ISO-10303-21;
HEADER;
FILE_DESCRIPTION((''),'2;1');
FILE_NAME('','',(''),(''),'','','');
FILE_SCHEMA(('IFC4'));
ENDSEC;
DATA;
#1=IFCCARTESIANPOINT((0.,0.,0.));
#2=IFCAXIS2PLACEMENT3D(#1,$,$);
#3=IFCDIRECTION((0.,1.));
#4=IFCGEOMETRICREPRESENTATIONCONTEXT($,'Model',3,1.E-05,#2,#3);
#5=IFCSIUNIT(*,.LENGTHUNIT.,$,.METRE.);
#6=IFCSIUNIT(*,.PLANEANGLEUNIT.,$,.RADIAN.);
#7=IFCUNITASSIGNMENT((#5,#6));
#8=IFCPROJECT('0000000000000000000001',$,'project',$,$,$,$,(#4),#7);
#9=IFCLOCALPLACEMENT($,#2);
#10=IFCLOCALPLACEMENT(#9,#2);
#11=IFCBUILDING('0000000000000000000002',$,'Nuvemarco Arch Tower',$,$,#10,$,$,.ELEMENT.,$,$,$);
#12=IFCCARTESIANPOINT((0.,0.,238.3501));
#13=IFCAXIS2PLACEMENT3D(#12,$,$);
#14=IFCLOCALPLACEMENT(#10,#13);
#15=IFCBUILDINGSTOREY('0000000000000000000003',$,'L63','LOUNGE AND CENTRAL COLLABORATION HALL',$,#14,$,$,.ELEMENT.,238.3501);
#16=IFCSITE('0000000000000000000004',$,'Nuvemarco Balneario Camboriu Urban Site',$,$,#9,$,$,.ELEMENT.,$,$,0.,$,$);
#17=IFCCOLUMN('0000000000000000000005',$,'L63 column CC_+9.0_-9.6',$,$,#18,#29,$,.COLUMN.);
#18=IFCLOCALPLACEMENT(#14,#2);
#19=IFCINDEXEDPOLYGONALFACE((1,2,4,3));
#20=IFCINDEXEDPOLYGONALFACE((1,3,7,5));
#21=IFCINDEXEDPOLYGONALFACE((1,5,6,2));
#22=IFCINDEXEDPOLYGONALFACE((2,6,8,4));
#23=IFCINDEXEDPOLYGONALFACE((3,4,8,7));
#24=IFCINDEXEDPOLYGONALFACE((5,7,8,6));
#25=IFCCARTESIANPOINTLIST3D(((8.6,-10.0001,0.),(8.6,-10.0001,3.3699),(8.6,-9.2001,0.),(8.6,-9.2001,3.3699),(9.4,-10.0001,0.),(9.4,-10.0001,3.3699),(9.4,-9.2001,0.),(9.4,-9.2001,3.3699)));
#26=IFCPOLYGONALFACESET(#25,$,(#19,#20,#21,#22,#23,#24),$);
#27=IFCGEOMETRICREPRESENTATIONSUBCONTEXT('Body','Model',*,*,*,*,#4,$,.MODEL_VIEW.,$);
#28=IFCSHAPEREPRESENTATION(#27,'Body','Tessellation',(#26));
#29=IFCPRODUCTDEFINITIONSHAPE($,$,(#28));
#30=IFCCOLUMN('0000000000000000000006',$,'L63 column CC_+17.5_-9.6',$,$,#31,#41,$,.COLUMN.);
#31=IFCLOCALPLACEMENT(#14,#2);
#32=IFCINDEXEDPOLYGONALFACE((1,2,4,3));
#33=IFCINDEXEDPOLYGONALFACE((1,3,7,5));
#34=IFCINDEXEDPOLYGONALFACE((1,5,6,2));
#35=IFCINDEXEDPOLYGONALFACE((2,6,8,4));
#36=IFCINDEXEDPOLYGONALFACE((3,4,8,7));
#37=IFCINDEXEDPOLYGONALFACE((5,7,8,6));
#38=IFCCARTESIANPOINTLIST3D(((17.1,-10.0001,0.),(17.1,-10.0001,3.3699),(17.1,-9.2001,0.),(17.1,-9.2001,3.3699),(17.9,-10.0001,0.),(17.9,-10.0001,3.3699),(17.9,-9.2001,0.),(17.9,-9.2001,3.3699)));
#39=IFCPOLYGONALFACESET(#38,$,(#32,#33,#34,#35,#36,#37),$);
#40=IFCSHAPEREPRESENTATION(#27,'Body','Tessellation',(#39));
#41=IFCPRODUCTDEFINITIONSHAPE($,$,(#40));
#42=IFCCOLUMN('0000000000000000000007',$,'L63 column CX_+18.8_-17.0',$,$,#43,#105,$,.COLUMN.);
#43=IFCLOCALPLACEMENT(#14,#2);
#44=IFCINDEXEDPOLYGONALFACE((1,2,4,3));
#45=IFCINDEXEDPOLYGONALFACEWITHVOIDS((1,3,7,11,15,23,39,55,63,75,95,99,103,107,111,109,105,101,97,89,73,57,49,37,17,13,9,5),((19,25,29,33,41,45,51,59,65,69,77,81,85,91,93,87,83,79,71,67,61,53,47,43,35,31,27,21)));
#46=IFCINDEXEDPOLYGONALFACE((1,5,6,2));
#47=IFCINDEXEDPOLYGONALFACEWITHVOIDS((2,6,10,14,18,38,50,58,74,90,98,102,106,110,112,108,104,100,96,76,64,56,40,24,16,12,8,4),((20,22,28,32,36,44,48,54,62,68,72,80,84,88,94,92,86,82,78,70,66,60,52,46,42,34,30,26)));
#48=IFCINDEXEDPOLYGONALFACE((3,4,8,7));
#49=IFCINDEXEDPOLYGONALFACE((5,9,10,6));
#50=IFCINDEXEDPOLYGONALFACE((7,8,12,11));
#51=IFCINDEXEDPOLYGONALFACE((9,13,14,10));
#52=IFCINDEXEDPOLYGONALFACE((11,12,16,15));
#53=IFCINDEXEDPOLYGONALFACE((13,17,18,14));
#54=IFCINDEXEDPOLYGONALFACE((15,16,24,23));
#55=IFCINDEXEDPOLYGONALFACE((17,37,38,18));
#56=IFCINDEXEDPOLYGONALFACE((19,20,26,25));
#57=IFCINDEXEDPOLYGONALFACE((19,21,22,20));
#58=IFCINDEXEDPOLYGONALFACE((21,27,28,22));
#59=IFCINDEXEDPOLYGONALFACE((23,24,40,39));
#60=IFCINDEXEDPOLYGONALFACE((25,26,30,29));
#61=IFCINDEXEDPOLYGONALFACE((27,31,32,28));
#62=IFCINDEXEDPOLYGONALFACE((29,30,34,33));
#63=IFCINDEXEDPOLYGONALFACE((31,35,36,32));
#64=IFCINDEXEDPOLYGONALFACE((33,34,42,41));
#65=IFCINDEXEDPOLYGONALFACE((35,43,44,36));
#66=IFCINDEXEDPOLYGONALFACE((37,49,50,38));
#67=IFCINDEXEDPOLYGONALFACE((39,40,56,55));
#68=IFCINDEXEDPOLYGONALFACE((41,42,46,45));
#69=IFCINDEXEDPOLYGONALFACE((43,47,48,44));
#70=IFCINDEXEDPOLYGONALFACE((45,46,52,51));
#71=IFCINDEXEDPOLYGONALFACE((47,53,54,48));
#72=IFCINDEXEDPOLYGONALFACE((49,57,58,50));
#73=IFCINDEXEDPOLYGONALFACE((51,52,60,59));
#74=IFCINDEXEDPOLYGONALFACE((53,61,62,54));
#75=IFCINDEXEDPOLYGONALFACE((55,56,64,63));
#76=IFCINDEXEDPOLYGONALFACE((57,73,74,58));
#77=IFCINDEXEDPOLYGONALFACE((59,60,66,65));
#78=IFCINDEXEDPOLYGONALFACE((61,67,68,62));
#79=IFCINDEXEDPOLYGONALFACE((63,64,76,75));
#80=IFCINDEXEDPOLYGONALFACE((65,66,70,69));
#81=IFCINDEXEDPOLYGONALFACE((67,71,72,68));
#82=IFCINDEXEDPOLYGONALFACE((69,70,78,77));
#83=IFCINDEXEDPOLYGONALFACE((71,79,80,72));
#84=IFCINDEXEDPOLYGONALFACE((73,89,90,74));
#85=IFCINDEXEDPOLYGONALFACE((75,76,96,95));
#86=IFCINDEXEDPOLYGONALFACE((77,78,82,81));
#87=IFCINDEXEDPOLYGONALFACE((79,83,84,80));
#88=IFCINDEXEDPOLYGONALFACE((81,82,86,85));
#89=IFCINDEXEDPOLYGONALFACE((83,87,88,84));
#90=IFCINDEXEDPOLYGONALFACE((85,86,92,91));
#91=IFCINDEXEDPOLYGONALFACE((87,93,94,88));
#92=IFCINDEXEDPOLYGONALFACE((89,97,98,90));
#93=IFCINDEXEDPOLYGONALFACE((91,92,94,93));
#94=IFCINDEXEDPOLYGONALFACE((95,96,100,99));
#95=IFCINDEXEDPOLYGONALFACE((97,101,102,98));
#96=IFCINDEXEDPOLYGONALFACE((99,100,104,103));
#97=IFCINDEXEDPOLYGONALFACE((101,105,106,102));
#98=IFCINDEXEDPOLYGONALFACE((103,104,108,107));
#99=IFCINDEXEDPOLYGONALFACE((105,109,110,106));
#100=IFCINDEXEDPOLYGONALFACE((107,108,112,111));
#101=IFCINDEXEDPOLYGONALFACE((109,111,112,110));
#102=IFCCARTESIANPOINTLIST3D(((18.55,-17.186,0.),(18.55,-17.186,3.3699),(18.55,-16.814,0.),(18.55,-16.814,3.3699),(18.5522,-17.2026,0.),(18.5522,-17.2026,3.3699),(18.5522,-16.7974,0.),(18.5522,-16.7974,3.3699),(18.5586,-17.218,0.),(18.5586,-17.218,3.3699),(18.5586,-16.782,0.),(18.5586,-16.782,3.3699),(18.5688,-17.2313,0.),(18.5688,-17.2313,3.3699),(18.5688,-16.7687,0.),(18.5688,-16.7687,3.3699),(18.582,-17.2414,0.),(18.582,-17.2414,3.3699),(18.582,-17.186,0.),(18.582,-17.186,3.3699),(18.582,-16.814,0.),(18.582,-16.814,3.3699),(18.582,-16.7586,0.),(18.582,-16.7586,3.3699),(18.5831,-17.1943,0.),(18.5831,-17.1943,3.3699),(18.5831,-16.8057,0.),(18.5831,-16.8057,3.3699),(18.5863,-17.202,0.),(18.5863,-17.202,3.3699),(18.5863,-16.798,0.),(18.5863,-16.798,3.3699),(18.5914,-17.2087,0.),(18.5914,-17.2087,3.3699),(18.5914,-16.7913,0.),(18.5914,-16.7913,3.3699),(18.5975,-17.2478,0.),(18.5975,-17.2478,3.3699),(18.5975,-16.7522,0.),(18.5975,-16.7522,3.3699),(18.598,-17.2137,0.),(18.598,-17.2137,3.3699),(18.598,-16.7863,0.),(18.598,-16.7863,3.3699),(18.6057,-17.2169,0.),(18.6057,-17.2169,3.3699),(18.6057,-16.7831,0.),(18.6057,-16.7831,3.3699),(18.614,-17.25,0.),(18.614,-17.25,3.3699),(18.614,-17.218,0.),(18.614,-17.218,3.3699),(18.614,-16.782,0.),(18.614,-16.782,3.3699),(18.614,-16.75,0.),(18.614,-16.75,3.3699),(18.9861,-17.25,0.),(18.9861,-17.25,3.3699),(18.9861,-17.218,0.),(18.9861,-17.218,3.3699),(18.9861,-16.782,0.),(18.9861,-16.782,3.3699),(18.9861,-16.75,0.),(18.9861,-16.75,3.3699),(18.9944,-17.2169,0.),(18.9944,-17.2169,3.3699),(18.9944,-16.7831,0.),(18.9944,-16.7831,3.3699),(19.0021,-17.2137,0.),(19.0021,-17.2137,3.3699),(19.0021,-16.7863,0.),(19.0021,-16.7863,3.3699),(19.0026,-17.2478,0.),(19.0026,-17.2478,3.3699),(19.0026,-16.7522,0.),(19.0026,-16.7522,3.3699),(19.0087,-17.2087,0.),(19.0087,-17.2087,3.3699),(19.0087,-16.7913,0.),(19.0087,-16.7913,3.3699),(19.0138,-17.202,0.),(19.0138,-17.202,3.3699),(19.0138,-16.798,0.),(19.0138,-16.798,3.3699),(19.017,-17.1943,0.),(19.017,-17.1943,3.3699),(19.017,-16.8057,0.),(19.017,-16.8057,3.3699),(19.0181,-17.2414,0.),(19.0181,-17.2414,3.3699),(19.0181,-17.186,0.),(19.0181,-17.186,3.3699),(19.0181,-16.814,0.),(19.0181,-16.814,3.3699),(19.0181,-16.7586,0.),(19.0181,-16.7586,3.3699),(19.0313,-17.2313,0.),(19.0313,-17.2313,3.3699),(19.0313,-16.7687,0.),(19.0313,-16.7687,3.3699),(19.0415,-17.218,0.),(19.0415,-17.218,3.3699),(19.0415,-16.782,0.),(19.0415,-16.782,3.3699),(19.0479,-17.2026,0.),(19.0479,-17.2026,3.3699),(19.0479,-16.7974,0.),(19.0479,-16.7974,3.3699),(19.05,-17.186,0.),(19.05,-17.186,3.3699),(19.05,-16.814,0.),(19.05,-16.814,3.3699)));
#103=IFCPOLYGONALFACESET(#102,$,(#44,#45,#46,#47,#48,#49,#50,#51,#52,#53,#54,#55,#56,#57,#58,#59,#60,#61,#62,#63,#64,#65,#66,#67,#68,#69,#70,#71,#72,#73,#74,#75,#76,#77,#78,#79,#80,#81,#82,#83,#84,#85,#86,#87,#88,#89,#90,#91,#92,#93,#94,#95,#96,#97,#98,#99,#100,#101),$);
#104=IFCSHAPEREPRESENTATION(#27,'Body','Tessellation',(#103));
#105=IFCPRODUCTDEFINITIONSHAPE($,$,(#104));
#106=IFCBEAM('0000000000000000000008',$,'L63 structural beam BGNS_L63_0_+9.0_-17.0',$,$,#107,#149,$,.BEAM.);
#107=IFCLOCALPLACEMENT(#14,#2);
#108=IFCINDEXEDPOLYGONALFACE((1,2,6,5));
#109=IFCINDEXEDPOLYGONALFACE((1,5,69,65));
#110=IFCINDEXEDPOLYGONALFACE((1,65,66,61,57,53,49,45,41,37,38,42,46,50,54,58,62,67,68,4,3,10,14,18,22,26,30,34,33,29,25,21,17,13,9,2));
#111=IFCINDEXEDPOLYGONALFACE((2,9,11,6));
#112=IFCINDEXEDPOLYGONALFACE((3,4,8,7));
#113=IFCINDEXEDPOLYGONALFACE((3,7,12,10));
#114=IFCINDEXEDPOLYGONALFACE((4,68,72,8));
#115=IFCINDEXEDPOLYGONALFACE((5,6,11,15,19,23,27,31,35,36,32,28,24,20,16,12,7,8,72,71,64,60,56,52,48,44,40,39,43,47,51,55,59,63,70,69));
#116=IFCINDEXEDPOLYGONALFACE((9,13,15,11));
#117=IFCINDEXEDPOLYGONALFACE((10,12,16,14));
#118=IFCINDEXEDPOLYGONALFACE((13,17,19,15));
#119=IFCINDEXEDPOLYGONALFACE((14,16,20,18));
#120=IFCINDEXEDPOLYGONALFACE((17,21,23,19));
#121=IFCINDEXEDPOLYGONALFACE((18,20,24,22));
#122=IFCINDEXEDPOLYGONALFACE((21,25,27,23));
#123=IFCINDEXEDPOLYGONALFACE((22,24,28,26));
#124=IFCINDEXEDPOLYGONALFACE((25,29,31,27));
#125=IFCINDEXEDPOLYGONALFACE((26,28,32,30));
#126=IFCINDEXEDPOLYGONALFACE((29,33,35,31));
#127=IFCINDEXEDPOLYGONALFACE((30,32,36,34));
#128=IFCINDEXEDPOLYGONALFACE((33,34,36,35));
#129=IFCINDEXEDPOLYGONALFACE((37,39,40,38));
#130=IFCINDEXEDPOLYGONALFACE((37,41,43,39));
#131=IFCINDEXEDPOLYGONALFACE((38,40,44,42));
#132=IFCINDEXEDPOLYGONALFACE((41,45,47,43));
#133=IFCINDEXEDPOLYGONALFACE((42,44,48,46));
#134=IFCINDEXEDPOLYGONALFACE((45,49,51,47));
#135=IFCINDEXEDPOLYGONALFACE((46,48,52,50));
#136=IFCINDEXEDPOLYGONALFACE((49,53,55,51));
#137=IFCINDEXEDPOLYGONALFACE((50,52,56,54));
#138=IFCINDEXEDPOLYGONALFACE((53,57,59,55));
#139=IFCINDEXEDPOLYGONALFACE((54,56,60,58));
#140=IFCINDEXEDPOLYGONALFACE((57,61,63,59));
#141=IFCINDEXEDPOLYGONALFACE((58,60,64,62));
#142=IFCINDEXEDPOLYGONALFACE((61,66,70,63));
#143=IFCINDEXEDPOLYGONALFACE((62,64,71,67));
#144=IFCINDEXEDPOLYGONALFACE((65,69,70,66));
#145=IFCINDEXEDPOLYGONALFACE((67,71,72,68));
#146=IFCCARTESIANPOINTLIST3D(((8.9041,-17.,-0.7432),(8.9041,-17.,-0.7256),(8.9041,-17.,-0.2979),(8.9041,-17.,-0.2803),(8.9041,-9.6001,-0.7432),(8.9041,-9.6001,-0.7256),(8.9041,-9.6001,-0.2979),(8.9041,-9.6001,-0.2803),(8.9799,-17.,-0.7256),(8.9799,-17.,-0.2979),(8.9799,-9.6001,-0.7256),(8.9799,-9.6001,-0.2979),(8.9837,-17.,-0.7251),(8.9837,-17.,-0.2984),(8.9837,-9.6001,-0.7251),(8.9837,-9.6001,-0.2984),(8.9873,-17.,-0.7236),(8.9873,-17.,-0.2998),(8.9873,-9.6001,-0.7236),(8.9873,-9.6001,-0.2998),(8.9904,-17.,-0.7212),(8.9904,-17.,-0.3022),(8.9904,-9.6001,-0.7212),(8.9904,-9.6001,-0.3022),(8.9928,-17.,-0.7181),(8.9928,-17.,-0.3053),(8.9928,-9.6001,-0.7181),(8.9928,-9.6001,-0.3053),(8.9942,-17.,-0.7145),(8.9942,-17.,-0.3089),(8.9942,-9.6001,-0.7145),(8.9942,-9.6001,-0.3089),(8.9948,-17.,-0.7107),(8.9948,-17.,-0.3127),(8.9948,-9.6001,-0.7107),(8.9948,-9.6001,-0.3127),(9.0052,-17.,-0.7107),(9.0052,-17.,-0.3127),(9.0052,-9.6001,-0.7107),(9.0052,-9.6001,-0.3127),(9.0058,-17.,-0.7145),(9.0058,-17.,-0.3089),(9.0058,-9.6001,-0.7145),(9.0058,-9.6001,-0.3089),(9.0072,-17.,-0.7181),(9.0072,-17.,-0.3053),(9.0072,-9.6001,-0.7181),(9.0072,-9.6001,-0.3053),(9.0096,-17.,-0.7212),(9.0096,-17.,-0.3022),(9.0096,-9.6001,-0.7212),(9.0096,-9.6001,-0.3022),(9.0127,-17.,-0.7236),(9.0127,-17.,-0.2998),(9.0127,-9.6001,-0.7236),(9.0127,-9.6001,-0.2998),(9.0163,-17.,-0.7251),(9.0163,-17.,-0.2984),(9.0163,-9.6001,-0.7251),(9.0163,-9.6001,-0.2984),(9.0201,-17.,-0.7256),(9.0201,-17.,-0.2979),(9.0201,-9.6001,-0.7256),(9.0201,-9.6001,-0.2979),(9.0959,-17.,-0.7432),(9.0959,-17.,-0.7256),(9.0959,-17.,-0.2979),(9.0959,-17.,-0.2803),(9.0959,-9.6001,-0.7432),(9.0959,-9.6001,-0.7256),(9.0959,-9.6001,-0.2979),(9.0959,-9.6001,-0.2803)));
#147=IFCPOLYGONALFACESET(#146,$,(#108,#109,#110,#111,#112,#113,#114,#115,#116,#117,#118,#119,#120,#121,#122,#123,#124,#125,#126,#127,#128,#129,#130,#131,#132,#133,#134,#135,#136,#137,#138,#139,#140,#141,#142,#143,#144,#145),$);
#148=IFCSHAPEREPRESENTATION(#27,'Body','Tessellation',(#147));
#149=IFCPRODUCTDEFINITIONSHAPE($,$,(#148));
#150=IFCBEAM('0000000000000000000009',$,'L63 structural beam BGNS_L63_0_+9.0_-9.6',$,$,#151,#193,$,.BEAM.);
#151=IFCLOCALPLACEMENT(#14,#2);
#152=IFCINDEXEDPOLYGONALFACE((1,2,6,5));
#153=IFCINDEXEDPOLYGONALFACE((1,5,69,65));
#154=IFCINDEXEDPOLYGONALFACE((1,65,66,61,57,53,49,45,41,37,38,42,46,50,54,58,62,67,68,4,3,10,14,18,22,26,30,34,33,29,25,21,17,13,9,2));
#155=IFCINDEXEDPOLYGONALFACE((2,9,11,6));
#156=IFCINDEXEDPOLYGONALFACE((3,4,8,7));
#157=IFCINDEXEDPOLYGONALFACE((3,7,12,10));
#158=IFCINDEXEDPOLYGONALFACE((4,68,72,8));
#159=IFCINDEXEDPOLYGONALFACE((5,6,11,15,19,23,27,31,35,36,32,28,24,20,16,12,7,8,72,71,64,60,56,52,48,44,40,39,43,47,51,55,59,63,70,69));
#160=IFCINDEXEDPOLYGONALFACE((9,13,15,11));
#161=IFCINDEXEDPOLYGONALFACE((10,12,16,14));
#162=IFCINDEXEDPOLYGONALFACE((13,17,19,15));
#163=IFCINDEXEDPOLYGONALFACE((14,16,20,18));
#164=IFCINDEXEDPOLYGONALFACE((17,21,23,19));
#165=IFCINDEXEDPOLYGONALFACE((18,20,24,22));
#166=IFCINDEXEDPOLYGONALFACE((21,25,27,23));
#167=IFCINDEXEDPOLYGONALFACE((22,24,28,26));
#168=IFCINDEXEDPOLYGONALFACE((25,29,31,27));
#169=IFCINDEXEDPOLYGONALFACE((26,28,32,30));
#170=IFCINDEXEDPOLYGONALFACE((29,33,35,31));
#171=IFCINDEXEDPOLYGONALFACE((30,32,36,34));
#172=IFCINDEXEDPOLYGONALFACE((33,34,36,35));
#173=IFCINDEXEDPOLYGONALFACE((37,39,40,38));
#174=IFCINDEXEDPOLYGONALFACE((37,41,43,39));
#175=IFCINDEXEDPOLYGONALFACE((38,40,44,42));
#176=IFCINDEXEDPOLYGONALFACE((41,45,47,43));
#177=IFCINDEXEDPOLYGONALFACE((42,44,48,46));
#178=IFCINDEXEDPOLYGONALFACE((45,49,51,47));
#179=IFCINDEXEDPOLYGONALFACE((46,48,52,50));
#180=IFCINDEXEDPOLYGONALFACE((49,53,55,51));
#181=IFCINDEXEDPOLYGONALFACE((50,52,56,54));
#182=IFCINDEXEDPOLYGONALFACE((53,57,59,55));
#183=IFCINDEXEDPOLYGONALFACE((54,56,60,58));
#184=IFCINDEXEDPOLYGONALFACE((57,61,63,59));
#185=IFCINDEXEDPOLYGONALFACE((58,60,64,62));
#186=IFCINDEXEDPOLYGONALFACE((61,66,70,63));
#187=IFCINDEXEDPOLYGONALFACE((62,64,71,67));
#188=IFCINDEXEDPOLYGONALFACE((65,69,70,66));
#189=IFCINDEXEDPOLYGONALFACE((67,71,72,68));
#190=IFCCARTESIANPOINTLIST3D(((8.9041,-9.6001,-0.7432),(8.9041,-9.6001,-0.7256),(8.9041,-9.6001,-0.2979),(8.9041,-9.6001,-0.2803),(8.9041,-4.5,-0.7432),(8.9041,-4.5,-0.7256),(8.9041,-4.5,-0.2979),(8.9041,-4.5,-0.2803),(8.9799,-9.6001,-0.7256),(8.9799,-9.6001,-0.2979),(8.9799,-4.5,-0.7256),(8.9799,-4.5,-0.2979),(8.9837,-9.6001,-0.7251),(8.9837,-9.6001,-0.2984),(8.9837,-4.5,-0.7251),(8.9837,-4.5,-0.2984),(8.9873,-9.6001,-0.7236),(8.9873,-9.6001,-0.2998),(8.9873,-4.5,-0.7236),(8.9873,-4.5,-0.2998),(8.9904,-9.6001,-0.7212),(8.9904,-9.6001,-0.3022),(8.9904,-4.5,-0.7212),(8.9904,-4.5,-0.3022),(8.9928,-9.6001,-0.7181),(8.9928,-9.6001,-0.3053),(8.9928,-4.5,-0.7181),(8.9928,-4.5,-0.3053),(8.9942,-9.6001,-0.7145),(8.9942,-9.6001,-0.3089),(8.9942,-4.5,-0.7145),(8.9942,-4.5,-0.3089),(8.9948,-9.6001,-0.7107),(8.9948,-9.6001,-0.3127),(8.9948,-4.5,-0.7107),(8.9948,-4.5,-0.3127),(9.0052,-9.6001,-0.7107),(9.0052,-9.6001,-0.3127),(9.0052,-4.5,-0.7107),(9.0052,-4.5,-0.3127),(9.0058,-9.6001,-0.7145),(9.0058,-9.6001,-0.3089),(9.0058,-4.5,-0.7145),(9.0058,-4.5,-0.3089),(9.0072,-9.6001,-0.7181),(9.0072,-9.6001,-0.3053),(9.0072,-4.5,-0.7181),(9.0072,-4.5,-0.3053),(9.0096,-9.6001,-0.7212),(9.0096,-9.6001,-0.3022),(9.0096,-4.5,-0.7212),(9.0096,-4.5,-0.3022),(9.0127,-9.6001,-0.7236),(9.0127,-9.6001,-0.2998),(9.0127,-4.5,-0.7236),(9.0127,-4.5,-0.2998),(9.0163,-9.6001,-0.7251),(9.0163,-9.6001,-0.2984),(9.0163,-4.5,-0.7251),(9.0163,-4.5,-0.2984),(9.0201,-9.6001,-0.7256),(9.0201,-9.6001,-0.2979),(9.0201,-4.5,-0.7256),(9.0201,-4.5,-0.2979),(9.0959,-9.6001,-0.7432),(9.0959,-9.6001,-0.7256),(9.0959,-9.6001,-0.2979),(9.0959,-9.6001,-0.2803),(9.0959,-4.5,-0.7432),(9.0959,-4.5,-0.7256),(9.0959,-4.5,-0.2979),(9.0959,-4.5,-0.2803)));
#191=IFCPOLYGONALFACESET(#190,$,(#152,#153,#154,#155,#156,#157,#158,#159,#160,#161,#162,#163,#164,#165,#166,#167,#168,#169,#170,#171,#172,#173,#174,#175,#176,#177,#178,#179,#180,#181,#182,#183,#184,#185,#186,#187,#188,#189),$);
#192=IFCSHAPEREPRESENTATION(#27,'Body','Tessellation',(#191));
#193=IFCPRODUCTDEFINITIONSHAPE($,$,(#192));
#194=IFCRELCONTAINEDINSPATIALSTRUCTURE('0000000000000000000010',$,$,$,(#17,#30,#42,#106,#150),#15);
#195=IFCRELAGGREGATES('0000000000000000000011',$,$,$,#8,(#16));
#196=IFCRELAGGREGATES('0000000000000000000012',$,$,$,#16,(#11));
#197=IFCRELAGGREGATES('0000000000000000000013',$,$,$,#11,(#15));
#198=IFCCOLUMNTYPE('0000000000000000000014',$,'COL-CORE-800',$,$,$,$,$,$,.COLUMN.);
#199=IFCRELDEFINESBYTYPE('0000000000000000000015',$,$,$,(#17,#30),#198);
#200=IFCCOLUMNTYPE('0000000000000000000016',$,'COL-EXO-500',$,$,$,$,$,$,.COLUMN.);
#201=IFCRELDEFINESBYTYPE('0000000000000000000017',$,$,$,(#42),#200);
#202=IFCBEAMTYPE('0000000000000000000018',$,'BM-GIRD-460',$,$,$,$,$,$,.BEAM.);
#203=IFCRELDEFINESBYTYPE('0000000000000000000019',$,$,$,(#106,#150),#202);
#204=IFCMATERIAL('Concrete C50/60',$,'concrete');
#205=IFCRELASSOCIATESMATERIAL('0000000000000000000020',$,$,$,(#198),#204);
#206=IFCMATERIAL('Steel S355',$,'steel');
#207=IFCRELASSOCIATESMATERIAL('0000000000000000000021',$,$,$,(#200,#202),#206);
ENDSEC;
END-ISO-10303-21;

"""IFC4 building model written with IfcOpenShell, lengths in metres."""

from ifc_helpers import new_model, si_unit, direction, frame, origin, origin_2d, place, context, subcontext, project, spatial, rectangle, hollow_rectangle, i_section, extrude, material, material_profile, profile_set, type_object, element, save


model = new_model("IFC4")

# Units and contexts
model_context = context("Model", 3, precision=1e-05, world=origin(), true_north=direction((0.0, 1.0)))
body_context = subcontext(model_context, "Body", "Model", "MODEL_VIEW")
ifc_project = project(units=[si_unit("LENGTHUNIT", "METRE"), si_unit("PLANEANGLEUNIT", "RADIAN")], contexts=[model_context])

# Site, building, storey
site_placement = place(None, origin())
site = spatial("IfcSite", under=ifc_project, at=site_placement, Name="Nuvemarco Balneario Camboriu Urban Site", CompositionType="ELEMENT", RefElevation=0.0)
building_placement = place(site_placement, origin())
building = spatial("IfcBuilding", under=site, at=building_placement, Name="Nuvemarco Arch Tower", CompositionType="ELEMENT")
storey_placement = place(building_placement, frame((0.0, 0.0, 238.3501)))
storey = spatial("IfcBuildingStorey", under=building, at=storey_placement, Name="L63", Description="LOUNGE AND CENTRAL COLLABORATION HALL", CompositionType="ELEMENT", Elevation=238.3501)

# Columns
ifc_material_1 = material(Name="Concrete C50/60", Category="concrete")
ifc_material_profile_1 = material_profile(ifc_material_1, rectangle(XDim=0.8, YDim=0.8, at=origin_2d()), Name="RC-COL-800x800")
ifc_profile_set_1 = profile_set([ifc_material_profile_1], Name="Concrete C50/60")
column_type_1 = type_object("IfcColumnType", Name="COL-CORE-800", PredefinedType="COLUMN", material=ifc_profile_set_1)
for number, where, z_axis, x_axis, name in (
    (1, (9.0, -9.6001, 0.0), (0.0, 0.0, 1.0), (1.0, 0.0, 0.0), "L63 column CC_+9.0_-9.6"),
    (2, (17.5, -9.6001, 0.0), (0.0, 0.0, 1.0), (1.0, 0.0, 0.0), "L63 column CC_+17.5_-9.6"),
):
    element("IfcColumn", number, at=place(storey_placement, frame(where, z_axis=z_axis, x_axis=x_axis)), inside=storey, type_object=column_type_1, Name=name, PredefinedType="COLUMN", context=body_context, shape_type="SweptSolid", body=[
        extrude(rectangle(XDim=0.8, YDim=0.8, at=origin_2d()), origin(), (0.0, 0.0, 1.0), 3.3699),
    ])
ifc_material_2 = material(Name="Steel S355", Category="steel")
ifc_material_profile_2 = material_profile(ifc_material_2, hollow_rectangle(XDim=0.5, YDim=0.5, WallThickness=0.032, InnerFilletRadius=0.032, OuterFilletRadius=0.064, at=origin_2d()), Name="SHS500x500x32")
ifc_profile_set_2 = profile_set([ifc_material_profile_2], Name="Steel S355")
column_type_2 = type_object("IfcColumnType", Name="COL-EXO-500", PredefinedType="COLUMN", material=ifc_profile_set_2)
column_placement = place(storey_placement, frame((18.8, -17.0, 0.0), z_axis=(0.0, 0.0, 1.0), x_axis=(1.0, 0.0, 0.0)))
element("IfcColumn", 3, at=column_placement, inside=storey, type_object=column_type_2, Name="L63 column CX_+18.8_-17.0", PredefinedType="COLUMN", context=body_context, shape_type="SweptSolid", body=[
    extrude(hollow_rectangle(XDim=0.5, YDim=0.5, WallThickness=0.032, InnerFilletRadius=0.032, OuterFilletRadius=0.064, at=origin_2d()), origin(), (0.0, 0.0, 1.0), 3.3699),
])

# Beams
ifc_material_profile_3 = material_profile(ifc_material_2, i_section(OverallWidth=0.1919, OverallDepth=0.4629, WebThickness=0.0105, FlangeThickness=0.0176, FilletRadius=0.0149, at=origin_2d()), Name="W460x89")
ifc_profile_set_3 = profile_set([ifc_material_profile_3], Name="Steel S355")
beam_type_1 = type_object("IfcBeamType", Name="BM-GIRD-460", PredefinedType="BEAM", material=ifc_profile_set_3)
beam_1_placement = place(storey_placement, frame((9.0, -17.0, -0.5117), z_axis=(0.0, 1.0, 0.0), x_axis=(-1.0, 0.0, 0.0)))
element("IfcBeam", 4, at=beam_1_placement, inside=storey, type_object=beam_type_1, Name="L63 structural beam BGNS_L63_0_+9.0_-17.0", PredefinedType="BEAM", context=body_context, shape_type="SweptSolid", body=[
    extrude(i_section(OverallWidth=0.1919, OverallDepth=0.4629, WebThickness=0.0105, FlangeThickness=0.0176, FilletRadius=0.0149, at=origin_2d()), origin(), (0.0, 0.0, 1.0), 7.3999),
])
beam_2_placement = place(storey_placement, frame((9.0, -9.6001, -0.5117), z_axis=(0.0, 1.0, 0.0), x_axis=(-1.0, 0.0, 0.0)))
element("IfcBeam", 5, at=beam_2_placement, inside=storey, type_object=beam_type_1, Name="L63 structural beam BGNS_L63_0_+9.0_-9.6", PredefinedType="BEAM", context=body_context, shape_type="SweptSolid", body=[
    extrude(i_section(OverallWidth=0.1919, OverallDepth=0.4629, WebThickness=0.0105, FlangeThickness=0.0176, FilletRadius=0.0149, at=origin_2d()), origin(), (0.0, 0.0, 1.0), 5.1001),
])

save(model, "model.ifc")
